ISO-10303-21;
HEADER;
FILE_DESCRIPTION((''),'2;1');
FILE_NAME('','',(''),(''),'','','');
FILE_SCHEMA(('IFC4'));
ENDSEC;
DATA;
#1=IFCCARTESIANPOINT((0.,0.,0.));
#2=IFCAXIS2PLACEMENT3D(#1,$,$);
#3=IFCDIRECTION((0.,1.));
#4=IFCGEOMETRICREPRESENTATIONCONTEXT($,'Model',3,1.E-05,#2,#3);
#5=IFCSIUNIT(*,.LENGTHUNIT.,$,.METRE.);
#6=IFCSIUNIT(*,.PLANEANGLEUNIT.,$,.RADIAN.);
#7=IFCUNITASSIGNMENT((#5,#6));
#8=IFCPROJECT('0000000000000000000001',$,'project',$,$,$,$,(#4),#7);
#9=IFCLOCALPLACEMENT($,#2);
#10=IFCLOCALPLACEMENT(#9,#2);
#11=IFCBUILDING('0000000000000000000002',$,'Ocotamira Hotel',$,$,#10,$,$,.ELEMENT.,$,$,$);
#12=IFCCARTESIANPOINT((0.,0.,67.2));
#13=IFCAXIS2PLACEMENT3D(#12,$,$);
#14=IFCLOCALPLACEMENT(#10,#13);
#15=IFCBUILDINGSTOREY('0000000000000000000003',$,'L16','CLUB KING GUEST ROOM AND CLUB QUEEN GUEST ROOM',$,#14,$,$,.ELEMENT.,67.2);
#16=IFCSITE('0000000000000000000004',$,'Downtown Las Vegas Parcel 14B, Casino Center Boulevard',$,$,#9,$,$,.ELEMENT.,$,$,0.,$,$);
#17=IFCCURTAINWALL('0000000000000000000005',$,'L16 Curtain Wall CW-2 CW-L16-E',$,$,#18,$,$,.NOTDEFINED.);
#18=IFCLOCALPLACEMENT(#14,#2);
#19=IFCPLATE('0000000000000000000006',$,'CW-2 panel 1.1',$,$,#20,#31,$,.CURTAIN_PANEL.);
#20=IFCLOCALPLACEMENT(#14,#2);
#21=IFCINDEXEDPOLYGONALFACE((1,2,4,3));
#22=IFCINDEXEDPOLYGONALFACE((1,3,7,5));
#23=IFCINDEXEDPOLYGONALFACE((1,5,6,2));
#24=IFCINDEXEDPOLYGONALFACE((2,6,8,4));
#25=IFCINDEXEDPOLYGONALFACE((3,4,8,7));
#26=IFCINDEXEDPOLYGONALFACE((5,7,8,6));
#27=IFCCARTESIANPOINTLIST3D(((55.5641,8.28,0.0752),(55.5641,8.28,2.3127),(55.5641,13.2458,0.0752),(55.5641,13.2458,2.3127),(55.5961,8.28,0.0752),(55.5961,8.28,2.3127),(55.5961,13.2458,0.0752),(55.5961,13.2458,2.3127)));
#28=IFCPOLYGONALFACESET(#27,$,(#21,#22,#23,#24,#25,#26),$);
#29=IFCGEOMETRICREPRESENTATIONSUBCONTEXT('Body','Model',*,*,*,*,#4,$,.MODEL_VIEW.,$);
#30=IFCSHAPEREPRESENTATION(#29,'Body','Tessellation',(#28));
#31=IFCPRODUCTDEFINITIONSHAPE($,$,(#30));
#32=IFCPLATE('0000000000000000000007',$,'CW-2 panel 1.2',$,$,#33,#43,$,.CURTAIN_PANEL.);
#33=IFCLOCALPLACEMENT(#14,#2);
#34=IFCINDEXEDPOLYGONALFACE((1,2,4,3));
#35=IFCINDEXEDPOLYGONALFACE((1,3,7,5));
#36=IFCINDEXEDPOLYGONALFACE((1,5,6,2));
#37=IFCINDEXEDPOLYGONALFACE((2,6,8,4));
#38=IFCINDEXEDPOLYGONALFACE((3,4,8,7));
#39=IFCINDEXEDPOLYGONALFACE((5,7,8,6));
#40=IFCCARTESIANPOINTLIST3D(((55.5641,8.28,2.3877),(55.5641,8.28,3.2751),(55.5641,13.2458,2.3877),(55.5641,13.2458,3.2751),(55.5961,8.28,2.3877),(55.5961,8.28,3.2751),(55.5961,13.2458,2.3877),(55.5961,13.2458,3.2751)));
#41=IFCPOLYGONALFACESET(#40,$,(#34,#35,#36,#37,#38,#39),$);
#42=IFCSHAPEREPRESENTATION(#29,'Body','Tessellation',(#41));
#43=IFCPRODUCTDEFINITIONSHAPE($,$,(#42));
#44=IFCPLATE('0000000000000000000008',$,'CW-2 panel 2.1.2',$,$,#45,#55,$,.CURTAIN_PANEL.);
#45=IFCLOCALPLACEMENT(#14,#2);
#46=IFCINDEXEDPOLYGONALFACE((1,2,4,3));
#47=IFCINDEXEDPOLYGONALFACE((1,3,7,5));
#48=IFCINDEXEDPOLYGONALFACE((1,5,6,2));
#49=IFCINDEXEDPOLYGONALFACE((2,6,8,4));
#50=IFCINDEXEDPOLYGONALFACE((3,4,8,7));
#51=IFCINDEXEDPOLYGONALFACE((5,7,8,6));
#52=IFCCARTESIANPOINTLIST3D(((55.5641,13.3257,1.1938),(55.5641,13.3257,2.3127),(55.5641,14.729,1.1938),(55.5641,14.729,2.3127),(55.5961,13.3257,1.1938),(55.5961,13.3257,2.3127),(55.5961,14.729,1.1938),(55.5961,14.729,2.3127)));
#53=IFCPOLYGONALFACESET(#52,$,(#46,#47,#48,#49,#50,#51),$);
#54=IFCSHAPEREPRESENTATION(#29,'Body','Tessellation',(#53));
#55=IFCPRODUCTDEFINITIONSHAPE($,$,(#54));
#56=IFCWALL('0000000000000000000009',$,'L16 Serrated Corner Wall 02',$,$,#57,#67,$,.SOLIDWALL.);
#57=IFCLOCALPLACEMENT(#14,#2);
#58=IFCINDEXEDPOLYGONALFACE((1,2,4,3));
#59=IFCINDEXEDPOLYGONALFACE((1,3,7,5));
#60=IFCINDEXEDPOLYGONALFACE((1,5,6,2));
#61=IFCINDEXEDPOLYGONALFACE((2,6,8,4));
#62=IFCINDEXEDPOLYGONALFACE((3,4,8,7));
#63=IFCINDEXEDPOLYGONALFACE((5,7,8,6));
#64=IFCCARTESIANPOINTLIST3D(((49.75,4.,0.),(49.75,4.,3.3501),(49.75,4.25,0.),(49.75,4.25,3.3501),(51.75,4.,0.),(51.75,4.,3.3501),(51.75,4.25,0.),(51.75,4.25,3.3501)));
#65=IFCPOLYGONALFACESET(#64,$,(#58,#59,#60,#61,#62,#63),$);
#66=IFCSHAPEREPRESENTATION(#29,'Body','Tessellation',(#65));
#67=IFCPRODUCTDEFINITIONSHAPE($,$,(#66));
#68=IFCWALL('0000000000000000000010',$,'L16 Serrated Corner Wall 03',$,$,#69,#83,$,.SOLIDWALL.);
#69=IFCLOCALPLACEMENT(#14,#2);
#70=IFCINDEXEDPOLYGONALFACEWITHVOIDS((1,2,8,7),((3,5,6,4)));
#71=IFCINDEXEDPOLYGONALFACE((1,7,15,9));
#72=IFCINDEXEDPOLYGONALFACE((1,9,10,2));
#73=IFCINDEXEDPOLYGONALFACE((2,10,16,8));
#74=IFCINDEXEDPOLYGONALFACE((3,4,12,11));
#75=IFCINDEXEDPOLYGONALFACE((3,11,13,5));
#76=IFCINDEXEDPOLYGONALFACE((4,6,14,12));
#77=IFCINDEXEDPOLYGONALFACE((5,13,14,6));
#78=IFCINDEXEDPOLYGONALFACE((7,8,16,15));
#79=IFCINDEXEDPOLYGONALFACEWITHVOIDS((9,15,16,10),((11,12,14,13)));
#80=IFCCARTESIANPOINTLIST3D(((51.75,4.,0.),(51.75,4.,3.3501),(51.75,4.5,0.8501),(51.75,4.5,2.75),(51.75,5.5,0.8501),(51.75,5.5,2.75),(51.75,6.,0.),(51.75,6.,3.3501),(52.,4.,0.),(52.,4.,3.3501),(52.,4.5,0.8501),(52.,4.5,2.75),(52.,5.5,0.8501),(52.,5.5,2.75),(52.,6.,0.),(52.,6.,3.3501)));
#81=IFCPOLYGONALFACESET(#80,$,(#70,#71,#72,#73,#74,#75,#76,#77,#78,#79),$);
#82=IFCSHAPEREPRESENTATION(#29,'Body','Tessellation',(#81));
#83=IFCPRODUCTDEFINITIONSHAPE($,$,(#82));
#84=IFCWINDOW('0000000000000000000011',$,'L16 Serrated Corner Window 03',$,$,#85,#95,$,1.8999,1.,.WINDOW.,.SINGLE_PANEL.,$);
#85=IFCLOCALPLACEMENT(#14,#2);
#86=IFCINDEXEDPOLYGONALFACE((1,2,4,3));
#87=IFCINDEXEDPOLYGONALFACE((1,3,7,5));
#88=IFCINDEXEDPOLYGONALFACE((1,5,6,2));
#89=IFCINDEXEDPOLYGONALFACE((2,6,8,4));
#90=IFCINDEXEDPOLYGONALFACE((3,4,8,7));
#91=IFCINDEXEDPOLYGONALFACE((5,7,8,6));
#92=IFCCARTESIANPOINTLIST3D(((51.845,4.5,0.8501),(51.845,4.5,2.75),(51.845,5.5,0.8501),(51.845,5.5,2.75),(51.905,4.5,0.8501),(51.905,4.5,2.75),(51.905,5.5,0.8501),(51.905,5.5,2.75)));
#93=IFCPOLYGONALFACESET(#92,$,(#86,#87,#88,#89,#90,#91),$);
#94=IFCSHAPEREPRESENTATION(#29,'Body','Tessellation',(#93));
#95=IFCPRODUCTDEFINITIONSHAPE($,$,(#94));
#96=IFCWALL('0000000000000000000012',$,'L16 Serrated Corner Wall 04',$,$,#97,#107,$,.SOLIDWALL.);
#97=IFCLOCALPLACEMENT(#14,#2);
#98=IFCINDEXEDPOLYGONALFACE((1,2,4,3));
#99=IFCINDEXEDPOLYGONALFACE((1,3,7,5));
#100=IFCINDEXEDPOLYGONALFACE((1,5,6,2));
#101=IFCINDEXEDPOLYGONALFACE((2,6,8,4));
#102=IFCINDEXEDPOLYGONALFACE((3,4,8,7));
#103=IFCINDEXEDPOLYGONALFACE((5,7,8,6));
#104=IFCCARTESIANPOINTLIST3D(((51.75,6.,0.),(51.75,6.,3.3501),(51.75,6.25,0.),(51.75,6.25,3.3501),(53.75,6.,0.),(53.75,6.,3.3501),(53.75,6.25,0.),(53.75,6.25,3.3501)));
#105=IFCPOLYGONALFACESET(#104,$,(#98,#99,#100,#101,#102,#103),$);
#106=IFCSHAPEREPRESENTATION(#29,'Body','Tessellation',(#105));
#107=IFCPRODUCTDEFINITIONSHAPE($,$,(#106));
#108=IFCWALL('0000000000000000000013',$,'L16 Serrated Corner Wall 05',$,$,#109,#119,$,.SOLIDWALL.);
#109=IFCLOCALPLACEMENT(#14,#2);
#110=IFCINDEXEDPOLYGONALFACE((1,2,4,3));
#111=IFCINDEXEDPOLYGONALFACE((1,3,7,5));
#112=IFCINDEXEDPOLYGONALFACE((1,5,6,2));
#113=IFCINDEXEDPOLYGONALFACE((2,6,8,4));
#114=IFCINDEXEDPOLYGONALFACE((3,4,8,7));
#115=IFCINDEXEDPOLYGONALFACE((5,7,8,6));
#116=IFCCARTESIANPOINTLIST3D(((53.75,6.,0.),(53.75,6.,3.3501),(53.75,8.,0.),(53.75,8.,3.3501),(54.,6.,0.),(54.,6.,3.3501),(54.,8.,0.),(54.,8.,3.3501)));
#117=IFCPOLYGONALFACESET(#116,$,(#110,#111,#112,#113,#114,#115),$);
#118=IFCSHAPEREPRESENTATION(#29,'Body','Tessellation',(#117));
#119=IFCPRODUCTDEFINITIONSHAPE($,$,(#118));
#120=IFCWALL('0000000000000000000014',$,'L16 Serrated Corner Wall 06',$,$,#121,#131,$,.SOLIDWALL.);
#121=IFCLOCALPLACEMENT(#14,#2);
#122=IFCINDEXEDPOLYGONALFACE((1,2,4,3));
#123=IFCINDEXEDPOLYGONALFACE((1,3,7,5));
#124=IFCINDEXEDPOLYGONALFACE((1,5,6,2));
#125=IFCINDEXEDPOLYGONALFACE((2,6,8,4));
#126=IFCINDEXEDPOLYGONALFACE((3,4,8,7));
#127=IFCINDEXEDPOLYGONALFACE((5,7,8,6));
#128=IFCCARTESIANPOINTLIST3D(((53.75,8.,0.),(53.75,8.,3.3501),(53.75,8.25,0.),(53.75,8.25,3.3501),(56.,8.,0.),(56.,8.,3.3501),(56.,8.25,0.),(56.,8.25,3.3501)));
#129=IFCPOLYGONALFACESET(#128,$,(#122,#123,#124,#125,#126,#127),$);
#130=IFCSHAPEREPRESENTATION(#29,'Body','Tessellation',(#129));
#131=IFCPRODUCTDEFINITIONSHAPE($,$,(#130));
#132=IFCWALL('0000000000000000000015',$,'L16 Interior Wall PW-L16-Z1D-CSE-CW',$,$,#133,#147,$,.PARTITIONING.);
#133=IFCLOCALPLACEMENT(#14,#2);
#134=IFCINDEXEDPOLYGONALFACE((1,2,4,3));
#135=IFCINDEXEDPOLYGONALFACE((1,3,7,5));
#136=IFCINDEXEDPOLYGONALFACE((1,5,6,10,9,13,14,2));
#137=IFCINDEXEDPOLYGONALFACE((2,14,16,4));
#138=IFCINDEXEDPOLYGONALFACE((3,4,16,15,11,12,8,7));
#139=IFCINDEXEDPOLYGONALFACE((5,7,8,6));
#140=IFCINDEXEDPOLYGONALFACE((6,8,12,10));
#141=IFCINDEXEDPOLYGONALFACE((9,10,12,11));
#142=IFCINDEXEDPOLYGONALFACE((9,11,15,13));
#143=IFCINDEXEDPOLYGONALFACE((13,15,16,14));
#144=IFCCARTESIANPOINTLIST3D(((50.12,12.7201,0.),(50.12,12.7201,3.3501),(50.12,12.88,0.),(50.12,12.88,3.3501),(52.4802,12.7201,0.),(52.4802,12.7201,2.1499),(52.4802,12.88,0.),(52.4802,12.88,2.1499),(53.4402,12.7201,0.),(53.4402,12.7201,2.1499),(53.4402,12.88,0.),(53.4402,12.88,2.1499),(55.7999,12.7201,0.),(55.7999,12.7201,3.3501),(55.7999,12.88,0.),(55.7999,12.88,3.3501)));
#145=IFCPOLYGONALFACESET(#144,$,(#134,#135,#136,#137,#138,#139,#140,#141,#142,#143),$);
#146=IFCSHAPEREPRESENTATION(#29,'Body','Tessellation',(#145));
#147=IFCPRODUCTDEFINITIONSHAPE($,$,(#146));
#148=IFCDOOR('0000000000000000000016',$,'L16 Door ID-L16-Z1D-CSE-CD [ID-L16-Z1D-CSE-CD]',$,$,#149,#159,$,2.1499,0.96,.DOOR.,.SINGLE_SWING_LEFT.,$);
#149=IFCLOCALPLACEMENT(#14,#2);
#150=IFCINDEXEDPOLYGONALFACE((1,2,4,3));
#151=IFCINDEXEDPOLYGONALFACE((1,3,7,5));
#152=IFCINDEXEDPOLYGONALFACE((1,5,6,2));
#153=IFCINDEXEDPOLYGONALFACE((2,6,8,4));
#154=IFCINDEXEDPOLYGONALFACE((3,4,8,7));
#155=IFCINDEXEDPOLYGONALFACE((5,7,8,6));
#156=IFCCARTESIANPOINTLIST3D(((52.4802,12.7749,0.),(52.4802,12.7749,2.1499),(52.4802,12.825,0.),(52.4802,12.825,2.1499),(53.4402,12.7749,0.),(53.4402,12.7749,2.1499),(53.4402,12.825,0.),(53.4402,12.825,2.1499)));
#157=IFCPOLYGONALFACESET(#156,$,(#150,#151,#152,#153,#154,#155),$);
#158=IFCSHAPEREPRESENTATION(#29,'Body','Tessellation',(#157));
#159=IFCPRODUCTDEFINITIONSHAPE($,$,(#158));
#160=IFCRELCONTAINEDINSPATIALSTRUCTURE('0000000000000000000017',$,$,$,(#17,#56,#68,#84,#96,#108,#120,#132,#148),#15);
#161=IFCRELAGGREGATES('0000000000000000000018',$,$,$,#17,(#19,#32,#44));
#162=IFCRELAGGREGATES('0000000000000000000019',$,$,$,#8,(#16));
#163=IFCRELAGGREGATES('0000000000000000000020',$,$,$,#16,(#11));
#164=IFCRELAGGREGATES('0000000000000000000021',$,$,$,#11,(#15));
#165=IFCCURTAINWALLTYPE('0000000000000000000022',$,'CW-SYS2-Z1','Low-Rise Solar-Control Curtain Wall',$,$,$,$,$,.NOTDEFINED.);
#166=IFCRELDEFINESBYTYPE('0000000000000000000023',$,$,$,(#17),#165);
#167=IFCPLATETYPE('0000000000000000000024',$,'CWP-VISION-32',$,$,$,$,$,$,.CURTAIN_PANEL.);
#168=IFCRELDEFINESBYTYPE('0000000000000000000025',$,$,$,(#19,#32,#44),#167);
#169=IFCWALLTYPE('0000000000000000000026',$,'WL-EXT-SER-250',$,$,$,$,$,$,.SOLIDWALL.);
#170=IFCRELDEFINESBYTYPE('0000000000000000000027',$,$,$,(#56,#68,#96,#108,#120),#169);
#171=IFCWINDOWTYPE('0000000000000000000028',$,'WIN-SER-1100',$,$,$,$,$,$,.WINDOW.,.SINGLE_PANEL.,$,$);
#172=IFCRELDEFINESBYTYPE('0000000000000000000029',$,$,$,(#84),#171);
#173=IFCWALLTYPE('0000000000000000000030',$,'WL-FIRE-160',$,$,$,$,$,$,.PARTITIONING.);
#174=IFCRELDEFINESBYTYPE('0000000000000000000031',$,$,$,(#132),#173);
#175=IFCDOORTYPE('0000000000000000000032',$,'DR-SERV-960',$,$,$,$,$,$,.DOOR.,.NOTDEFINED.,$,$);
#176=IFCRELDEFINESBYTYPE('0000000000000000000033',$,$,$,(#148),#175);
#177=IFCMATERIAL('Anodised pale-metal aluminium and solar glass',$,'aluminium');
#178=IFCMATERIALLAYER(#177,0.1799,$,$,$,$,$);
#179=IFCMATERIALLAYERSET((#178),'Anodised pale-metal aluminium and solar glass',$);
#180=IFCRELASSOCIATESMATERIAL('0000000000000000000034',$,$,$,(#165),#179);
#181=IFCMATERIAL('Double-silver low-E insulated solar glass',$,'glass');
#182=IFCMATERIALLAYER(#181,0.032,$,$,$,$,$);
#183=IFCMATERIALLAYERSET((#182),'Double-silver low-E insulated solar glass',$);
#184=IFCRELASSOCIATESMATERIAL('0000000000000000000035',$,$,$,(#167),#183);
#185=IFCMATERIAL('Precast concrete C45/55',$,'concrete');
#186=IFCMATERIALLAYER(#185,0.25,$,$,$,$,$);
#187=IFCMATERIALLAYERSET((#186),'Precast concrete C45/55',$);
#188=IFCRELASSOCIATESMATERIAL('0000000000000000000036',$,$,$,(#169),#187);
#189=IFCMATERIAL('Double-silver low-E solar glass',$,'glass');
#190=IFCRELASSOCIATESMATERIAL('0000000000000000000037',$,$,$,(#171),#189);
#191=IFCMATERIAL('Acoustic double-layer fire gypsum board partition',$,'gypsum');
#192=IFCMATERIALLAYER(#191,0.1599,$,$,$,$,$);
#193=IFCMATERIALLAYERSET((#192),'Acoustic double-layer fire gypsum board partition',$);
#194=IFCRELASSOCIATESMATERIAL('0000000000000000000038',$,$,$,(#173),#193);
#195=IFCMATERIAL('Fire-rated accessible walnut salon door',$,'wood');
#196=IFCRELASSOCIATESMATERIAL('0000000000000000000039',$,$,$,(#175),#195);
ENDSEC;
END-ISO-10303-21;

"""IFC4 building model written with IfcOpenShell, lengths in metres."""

from ifc_helpers import new_model, si_unit, direction, frame, frame_2d, origin, origin_2d, place, context, subcontext, project, spatial, rectangle, extrude, source, transform, mapped, material, layer, layer_set, type_object, element, fill, aggregate, save


model = new_model("IFC4")

# Units and contexts
model_context = context("Model", 3, precision=1e-05, world=origin(), true_north=direction((0.0, 1.0)))
body_context = subcontext(model_context, "Body", "Model", "MODEL_VIEW")
ifc_project = project(units=[si_unit("LENGTHUNIT", "METRE"), si_unit("PLANEANGLEUNIT", "RADIAN")], contexts=[model_context])

# Site, building, storey
site_placement = place(None, origin())
site = spatial("IfcSite", under=ifc_project, at=site_placement, Name="Downtown Las Vegas Parcel 14B, Casino Center Boulevard", CompositionType="ELEMENT", RefElevation=0.0)
building_placement = place(site_placement, origin())
building = spatial("IfcBuilding", under=site, at=building_placement, Name="Ocotamira Hotel", CompositionType="ELEMENT")
storey_placement = place(building_placement, frame((0.0, 0.0, 67.2)))
storey = spatial("IfcBuildingStorey", under=building, at=storey_placement, Name="L16", Description="CLUB KING GUEST ROOM AND CLUB QUEEN GUEST ROOM", CompositionType="ELEMENT", Elevation=67.2)

# Curtain wall, plates
ifc_material_1 = material(Name="Anodised pale-metal aluminium and solar glass", Category="aluminium")
ifc_layer_1 = layer(ifc_material_1, 0.1799)
ifc_layer_set_1 = layer_set([ifc_layer_1], Name="Anodised pale-metal aluminium and solar glass")
curtain_wall_type = type_object("IfcCurtainWallType", Name="CW-SYS2-Z1", Description="Low-Rise Solar-Control Curtain Wall", PredefinedType="NOTDEFINED", material=ifc_layer_set_1)
curtain_wall_placement = place(storey_placement, origin())
curtain_wall = element("IfcCurtainWall", 1, at=curtain_wall_placement, inside=storey, type_object=curtain_wall_type, Name="L16 Curtain Wall CW-2 CW-L16-E", PredefinedType="NOTDEFINED")
ifc_material_2 = material(Name="Double-silver low-E insulated solar glass", Category="glass")
ifc_layer_2 = layer(ifc_material_2, 0.032)
ifc_layer_set_2 = layer_set([ifc_layer_2], Name="Double-silver low-E insulated solar glass")
plate_type = type_object("IfcPlateType", Name="CWP-VISION-32", PredefinedType="CURTAIN_PANEL", material=ifc_layer_set_2)
shared_shape_1 = source(origin(), body_context, "Body", "SweptSolid", [
    extrude(rectangle(XDim=4.9658, YDim=0.032, at=origin_2d()), origin(), (0.0, 0.0, 1.0), 2.2375),
])
plate_1_placement = place(storey_placement, frame((55.5801, 10.7629, 0.0752), z_axis=(0.0, 0.0, 1.0), x_axis=(0.0, 1.0, 0.0)))
plate_1 = element("IfcPlate", 2, at=plate_1_placement, type_object=plate_type, Name="CW-2 panel 1.1", PredefinedType="CURTAIN_PANEL", context=body_context, shape_type="MappedRepresentation", body=[
    mapped(shared_shape_1, transform((0.0, 0.0, 0.0), scale=1.0)),
])
shared_shape_2 = source(origin(), body_context, "Body", "SweptSolid", [
    extrude(rectangle(XDim=4.9658, YDim=0.032, at=origin_2d()), origin(), (0.0, 0.0, 1.0), 0.8875),
])
plate_2_placement = place(storey_placement, frame((55.5801, 10.7629, 2.3877), z_axis=(0.0, 0.0, 1.0), x_axis=(0.0, 1.0, 0.0)))
plate_2 = element("IfcPlate", 3, at=plate_2_placement, type_object=plate_type, Name="CW-2 panel 1.2", PredefinedType="CURTAIN_PANEL", context=body_context, shape_type="MappedRepresentation", body=[
    mapped(shared_shape_2, transform((0.0, 0.0, 0.0), scale=1.0)),
])
shared_shape_3 = source(origin(), body_context, "Body", "SweptSolid", [
    extrude(rectangle(XDim=1.4033, YDim=0.032, at=origin_2d()), origin(), (0.0, 0.0, 1.0), 1.1189),
])
plate_3_placement = place(storey_placement, frame((55.5801, 14.0273, 1.1938), z_axis=(0.0, 0.0, 1.0), x_axis=(0.0, 1.0, 0.0)))
plate_3 = element("IfcPlate", 4, at=plate_3_placement, type_object=plate_type, Name="CW-2 panel 2.1.2", PredefinedType="CURTAIN_PANEL", context=body_context, shape_type="MappedRepresentation", body=[
    mapped(shared_shape_3, transform((0.0, 0.0, 0.0), scale=1.0)),
])
aggregate(curtain_wall, [plate_1, plate_2, plate_3])

# Wall
ifc_material_3 = material(Name="Precast concrete C45/55", Category="concrete")
ifc_layer_3 = layer(ifc_material_3, 0.25)
ifc_layer_set_3 = layer_set([ifc_layer_3], Name="Precast concrete C45/55")
wall_type_1 = type_object("IfcWallType", Name="WL-EXT-SER-250", PredefinedType="SOLIDWALL", material=ifc_layer_set_3)
wall_1_placement = place(storey_placement, frame((49.75, 4.125, 0.0), z_axis=(0.0, 0.0, 1.0), x_axis=(1.0, 0.0, 0.0)))
element("IfcWall", 5, at=wall_1_placement, inside=storey, type_object=wall_type_1, Name="L16 Serrated Corner Wall 02", PredefinedType="SOLIDWALL", context=body_context, shape_type="SweptSolid", body=[
    extrude(rectangle(XDim=2.0, YDim=0.25, at=frame_2d((1.0, 0.0))), origin(), (0.0, 0.0, 1.0), 3.3501),
])

# Wall, opening, window
wall_2_placement = place(storey_placement, frame((51.875, 4.0, 0.0), z_axis=(0.0, 0.0, 1.0), x_axis=(0.0, 1.0, 0.0)))
wall_2 = element("IfcWall", 6, at=wall_2_placement, inside=storey, type_object=wall_type_1, Name="L16 Serrated Corner Wall 03", PredefinedType="SOLIDWALL", context=body_context, shape_type="SweptSolid", body=[
    extrude(rectangle(XDim=2.0, YDim=0.25, at=frame_2d((1.0, 0.0))), origin(), (0.0, 0.0, 1.0), 3.3501),
])
opening_1_placement = place(wall_2_placement, frame((0.5, 0.0, 0.8501)))
opening_1 = element("IfcOpeningElement", 7, at=opening_1_placement, cuts=wall_2, PredefinedType="OPENING", context=body_context, shape_type="SweptSolid", body=[
    extrude(rectangle(XDim=1.0, YDim=1.8999, at=frame_2d((0.5, 0.95))), frame((0.0, 0.135, 0.0), z_axis=(0.0, -1.0, 0.0), x_axis=(1.0, 0.0, 0.0)), (0.0, 0.0, 1.0), 0.27),
])
ifc_material_4 = material(Name="Double-silver low-E solar glass", Category="glass")
window_type = type_object("IfcWindowType", Name="WIN-SER-1100", PartitioningType="SINGLE_PANEL", PredefinedType="WINDOW", material=ifc_material_4)
shared_shape_4 = source(origin(), body_context, "Body", "SweptSolid", [
    extrude(rectangle(XDim=1.0, YDim=1.8999, at=frame_2d((0.5, 0.95))), frame((0.0, 0.03, 0.0), z_axis=(0.0, -1.0, 0.0), x_axis=(1.0, 0.0, 0.0)), (0.0, 0.0, 1.0), 0.0601),
])
window_placement = place(opening_1_placement, origin())
window = element("IfcWindow", 8, at=window_placement, inside=storey, type_object=window_type, Name="L16 Serrated Corner Window 03", OverallHeight=1.8999, OverallWidth=1.0, PartitioningType="SINGLE_PANEL", PredefinedType="WINDOW", context=body_context, shape_type="MappedRepresentation", body=[
    mapped(shared_shape_4, transform((0.0, 0.0, 0.0), scale=1.0)),
])
fill(opening_1, window)

# Walls
for number, where, z_axis, x_axis, name in (
    (9, (51.75, 6.125, 0.0), (0.0, 0.0, 1.0), (1.0, 0.0, 0.0), "L16 Serrated Corner Wall 04"),
    (10, (53.875, 6.0, 0.0), (0.0, 0.0, 1.0), (0.0, 1.0, 0.0), "L16 Serrated Corner Wall 05"),
):
    element("IfcWall", number, at=place(storey_placement, frame(where, z_axis=z_axis, x_axis=x_axis)), inside=storey, type_object=wall_type_1, Name=name, PredefinedType="SOLIDWALL", context=body_context, shape_type="SweptSolid", body=[
        extrude(rectangle(XDim=2.0, YDim=0.25, at=frame_2d((1.0, 0.0))), origin(), (0.0, 0.0, 1.0), 3.3501),
    ])
wall_3_placement = place(storey_placement, frame((53.75, 8.125, 0.0), z_axis=(0.0, 0.0, 1.0), x_axis=(1.0, 0.0, 0.0)))
element("IfcWall", 11, at=wall_3_placement, inside=storey, type_object=wall_type_1, Name="L16 Serrated Corner Wall 06", PredefinedType="SOLIDWALL", context=body_context, shape_type="SweptSolid", body=[
    extrude(rectangle(XDim=2.25, YDim=0.25, at=frame_2d((1.125, 0.0))), origin(), (0.0, 0.0, 1.0), 3.3501),
])

# Wall, opening, door
ifc_material_5 = material(Name="Acoustic double-layer fire gypsum board partition", Category="gypsum")
ifc_layer_4 = layer(ifc_material_5, 0.1599)
ifc_layer_set_4 = layer_set([ifc_layer_4], Name="Acoustic double-layer fire gypsum board partition")
wall_type_2 = type_object("IfcWallType", Name="WL-FIRE-160", PredefinedType="PARTITIONING", material=ifc_layer_set_4)
wall_4_placement = place(storey_placement, frame((50.1201, 12.8, 0.0), z_axis=(0.0, 0.0, 1.0), x_axis=(1.0, 0.0, 0.0)))
wall_4 = element("IfcWall", 12, at=wall_4_placement, inside=storey, type_object=wall_type_2, Name="L16 Interior Wall PW-L16-Z1D-CSE-CW", PredefinedType="PARTITIONING", context=body_context, shape_type="SweptSolid", body=[
    extrude(rectangle(XDim=5.6799, YDim=0.1599, at=frame_2d((2.8398, 0.0))), origin(), (0.0, 0.0, 1.0), 3.3501),
])
opening_2_placement = place(wall_4_placement, frame((2.3601, 0.0, 0.0)))
opening_2 = element("IfcOpeningElement", 13, at=opening_2_placement, cuts=wall_4, PredefinedType="OPENING", context=body_context, shape_type="SweptSolid", body=[
    extrude(rectangle(XDim=0.96, YDim=2.1499, at=frame_2d((0.48, 1.075))), frame((0.0, 0.0898, 0.0), z_axis=(0.0, -1.0, 0.0), x_axis=(1.0, 0.0, 0.0)), (0.0, 0.0, 1.0), 0.1799),
])
ifc_material_6 = material(Name="Fire-rated accessible walnut salon door", Category="wood")
door_type_1 = type_object("IfcDoorType", Name="DR-SERV-960", OperationType="NOTDEFINED", PredefinedType="DOOR", material=ifc_material_6)
shared_shape_5 = source(origin(), body_context, "Body", "SweptSolid", [
    extrude(rectangle(XDim=0.96, YDim=2.1499, at=frame_2d((0.48, 1.075))), frame((0.0, 0.0249, 0.0), z_axis=(0.0, -1.0, 0.0), x_axis=(1.0, 0.0, 0.0)), (0.0, 0.0, 1.0), 0.05),
])
door_1_placement = place(opening_2_placement, origin())
door_1 = element("IfcDoor", 14, at=door_1_placement, inside=storey, type_object=door_type_1, Name="L16 Door ID-L16-Z1D-CSE-CD [ID-L16-Z1D-CSE-CD]", OperationType="SINGLE_SWING_LEFT", OverallHeight=2.1499, OverallWidth=0.96, PredefinedType="DOOR", context=body_context, shape_type="MappedRepresentation", body=[
    mapped(shared_shape_5, transform((0.0, 0.0, 0.0), scale=1.0)),
])
fill(opening_2, door_1)

save(model, "model.ifc")
